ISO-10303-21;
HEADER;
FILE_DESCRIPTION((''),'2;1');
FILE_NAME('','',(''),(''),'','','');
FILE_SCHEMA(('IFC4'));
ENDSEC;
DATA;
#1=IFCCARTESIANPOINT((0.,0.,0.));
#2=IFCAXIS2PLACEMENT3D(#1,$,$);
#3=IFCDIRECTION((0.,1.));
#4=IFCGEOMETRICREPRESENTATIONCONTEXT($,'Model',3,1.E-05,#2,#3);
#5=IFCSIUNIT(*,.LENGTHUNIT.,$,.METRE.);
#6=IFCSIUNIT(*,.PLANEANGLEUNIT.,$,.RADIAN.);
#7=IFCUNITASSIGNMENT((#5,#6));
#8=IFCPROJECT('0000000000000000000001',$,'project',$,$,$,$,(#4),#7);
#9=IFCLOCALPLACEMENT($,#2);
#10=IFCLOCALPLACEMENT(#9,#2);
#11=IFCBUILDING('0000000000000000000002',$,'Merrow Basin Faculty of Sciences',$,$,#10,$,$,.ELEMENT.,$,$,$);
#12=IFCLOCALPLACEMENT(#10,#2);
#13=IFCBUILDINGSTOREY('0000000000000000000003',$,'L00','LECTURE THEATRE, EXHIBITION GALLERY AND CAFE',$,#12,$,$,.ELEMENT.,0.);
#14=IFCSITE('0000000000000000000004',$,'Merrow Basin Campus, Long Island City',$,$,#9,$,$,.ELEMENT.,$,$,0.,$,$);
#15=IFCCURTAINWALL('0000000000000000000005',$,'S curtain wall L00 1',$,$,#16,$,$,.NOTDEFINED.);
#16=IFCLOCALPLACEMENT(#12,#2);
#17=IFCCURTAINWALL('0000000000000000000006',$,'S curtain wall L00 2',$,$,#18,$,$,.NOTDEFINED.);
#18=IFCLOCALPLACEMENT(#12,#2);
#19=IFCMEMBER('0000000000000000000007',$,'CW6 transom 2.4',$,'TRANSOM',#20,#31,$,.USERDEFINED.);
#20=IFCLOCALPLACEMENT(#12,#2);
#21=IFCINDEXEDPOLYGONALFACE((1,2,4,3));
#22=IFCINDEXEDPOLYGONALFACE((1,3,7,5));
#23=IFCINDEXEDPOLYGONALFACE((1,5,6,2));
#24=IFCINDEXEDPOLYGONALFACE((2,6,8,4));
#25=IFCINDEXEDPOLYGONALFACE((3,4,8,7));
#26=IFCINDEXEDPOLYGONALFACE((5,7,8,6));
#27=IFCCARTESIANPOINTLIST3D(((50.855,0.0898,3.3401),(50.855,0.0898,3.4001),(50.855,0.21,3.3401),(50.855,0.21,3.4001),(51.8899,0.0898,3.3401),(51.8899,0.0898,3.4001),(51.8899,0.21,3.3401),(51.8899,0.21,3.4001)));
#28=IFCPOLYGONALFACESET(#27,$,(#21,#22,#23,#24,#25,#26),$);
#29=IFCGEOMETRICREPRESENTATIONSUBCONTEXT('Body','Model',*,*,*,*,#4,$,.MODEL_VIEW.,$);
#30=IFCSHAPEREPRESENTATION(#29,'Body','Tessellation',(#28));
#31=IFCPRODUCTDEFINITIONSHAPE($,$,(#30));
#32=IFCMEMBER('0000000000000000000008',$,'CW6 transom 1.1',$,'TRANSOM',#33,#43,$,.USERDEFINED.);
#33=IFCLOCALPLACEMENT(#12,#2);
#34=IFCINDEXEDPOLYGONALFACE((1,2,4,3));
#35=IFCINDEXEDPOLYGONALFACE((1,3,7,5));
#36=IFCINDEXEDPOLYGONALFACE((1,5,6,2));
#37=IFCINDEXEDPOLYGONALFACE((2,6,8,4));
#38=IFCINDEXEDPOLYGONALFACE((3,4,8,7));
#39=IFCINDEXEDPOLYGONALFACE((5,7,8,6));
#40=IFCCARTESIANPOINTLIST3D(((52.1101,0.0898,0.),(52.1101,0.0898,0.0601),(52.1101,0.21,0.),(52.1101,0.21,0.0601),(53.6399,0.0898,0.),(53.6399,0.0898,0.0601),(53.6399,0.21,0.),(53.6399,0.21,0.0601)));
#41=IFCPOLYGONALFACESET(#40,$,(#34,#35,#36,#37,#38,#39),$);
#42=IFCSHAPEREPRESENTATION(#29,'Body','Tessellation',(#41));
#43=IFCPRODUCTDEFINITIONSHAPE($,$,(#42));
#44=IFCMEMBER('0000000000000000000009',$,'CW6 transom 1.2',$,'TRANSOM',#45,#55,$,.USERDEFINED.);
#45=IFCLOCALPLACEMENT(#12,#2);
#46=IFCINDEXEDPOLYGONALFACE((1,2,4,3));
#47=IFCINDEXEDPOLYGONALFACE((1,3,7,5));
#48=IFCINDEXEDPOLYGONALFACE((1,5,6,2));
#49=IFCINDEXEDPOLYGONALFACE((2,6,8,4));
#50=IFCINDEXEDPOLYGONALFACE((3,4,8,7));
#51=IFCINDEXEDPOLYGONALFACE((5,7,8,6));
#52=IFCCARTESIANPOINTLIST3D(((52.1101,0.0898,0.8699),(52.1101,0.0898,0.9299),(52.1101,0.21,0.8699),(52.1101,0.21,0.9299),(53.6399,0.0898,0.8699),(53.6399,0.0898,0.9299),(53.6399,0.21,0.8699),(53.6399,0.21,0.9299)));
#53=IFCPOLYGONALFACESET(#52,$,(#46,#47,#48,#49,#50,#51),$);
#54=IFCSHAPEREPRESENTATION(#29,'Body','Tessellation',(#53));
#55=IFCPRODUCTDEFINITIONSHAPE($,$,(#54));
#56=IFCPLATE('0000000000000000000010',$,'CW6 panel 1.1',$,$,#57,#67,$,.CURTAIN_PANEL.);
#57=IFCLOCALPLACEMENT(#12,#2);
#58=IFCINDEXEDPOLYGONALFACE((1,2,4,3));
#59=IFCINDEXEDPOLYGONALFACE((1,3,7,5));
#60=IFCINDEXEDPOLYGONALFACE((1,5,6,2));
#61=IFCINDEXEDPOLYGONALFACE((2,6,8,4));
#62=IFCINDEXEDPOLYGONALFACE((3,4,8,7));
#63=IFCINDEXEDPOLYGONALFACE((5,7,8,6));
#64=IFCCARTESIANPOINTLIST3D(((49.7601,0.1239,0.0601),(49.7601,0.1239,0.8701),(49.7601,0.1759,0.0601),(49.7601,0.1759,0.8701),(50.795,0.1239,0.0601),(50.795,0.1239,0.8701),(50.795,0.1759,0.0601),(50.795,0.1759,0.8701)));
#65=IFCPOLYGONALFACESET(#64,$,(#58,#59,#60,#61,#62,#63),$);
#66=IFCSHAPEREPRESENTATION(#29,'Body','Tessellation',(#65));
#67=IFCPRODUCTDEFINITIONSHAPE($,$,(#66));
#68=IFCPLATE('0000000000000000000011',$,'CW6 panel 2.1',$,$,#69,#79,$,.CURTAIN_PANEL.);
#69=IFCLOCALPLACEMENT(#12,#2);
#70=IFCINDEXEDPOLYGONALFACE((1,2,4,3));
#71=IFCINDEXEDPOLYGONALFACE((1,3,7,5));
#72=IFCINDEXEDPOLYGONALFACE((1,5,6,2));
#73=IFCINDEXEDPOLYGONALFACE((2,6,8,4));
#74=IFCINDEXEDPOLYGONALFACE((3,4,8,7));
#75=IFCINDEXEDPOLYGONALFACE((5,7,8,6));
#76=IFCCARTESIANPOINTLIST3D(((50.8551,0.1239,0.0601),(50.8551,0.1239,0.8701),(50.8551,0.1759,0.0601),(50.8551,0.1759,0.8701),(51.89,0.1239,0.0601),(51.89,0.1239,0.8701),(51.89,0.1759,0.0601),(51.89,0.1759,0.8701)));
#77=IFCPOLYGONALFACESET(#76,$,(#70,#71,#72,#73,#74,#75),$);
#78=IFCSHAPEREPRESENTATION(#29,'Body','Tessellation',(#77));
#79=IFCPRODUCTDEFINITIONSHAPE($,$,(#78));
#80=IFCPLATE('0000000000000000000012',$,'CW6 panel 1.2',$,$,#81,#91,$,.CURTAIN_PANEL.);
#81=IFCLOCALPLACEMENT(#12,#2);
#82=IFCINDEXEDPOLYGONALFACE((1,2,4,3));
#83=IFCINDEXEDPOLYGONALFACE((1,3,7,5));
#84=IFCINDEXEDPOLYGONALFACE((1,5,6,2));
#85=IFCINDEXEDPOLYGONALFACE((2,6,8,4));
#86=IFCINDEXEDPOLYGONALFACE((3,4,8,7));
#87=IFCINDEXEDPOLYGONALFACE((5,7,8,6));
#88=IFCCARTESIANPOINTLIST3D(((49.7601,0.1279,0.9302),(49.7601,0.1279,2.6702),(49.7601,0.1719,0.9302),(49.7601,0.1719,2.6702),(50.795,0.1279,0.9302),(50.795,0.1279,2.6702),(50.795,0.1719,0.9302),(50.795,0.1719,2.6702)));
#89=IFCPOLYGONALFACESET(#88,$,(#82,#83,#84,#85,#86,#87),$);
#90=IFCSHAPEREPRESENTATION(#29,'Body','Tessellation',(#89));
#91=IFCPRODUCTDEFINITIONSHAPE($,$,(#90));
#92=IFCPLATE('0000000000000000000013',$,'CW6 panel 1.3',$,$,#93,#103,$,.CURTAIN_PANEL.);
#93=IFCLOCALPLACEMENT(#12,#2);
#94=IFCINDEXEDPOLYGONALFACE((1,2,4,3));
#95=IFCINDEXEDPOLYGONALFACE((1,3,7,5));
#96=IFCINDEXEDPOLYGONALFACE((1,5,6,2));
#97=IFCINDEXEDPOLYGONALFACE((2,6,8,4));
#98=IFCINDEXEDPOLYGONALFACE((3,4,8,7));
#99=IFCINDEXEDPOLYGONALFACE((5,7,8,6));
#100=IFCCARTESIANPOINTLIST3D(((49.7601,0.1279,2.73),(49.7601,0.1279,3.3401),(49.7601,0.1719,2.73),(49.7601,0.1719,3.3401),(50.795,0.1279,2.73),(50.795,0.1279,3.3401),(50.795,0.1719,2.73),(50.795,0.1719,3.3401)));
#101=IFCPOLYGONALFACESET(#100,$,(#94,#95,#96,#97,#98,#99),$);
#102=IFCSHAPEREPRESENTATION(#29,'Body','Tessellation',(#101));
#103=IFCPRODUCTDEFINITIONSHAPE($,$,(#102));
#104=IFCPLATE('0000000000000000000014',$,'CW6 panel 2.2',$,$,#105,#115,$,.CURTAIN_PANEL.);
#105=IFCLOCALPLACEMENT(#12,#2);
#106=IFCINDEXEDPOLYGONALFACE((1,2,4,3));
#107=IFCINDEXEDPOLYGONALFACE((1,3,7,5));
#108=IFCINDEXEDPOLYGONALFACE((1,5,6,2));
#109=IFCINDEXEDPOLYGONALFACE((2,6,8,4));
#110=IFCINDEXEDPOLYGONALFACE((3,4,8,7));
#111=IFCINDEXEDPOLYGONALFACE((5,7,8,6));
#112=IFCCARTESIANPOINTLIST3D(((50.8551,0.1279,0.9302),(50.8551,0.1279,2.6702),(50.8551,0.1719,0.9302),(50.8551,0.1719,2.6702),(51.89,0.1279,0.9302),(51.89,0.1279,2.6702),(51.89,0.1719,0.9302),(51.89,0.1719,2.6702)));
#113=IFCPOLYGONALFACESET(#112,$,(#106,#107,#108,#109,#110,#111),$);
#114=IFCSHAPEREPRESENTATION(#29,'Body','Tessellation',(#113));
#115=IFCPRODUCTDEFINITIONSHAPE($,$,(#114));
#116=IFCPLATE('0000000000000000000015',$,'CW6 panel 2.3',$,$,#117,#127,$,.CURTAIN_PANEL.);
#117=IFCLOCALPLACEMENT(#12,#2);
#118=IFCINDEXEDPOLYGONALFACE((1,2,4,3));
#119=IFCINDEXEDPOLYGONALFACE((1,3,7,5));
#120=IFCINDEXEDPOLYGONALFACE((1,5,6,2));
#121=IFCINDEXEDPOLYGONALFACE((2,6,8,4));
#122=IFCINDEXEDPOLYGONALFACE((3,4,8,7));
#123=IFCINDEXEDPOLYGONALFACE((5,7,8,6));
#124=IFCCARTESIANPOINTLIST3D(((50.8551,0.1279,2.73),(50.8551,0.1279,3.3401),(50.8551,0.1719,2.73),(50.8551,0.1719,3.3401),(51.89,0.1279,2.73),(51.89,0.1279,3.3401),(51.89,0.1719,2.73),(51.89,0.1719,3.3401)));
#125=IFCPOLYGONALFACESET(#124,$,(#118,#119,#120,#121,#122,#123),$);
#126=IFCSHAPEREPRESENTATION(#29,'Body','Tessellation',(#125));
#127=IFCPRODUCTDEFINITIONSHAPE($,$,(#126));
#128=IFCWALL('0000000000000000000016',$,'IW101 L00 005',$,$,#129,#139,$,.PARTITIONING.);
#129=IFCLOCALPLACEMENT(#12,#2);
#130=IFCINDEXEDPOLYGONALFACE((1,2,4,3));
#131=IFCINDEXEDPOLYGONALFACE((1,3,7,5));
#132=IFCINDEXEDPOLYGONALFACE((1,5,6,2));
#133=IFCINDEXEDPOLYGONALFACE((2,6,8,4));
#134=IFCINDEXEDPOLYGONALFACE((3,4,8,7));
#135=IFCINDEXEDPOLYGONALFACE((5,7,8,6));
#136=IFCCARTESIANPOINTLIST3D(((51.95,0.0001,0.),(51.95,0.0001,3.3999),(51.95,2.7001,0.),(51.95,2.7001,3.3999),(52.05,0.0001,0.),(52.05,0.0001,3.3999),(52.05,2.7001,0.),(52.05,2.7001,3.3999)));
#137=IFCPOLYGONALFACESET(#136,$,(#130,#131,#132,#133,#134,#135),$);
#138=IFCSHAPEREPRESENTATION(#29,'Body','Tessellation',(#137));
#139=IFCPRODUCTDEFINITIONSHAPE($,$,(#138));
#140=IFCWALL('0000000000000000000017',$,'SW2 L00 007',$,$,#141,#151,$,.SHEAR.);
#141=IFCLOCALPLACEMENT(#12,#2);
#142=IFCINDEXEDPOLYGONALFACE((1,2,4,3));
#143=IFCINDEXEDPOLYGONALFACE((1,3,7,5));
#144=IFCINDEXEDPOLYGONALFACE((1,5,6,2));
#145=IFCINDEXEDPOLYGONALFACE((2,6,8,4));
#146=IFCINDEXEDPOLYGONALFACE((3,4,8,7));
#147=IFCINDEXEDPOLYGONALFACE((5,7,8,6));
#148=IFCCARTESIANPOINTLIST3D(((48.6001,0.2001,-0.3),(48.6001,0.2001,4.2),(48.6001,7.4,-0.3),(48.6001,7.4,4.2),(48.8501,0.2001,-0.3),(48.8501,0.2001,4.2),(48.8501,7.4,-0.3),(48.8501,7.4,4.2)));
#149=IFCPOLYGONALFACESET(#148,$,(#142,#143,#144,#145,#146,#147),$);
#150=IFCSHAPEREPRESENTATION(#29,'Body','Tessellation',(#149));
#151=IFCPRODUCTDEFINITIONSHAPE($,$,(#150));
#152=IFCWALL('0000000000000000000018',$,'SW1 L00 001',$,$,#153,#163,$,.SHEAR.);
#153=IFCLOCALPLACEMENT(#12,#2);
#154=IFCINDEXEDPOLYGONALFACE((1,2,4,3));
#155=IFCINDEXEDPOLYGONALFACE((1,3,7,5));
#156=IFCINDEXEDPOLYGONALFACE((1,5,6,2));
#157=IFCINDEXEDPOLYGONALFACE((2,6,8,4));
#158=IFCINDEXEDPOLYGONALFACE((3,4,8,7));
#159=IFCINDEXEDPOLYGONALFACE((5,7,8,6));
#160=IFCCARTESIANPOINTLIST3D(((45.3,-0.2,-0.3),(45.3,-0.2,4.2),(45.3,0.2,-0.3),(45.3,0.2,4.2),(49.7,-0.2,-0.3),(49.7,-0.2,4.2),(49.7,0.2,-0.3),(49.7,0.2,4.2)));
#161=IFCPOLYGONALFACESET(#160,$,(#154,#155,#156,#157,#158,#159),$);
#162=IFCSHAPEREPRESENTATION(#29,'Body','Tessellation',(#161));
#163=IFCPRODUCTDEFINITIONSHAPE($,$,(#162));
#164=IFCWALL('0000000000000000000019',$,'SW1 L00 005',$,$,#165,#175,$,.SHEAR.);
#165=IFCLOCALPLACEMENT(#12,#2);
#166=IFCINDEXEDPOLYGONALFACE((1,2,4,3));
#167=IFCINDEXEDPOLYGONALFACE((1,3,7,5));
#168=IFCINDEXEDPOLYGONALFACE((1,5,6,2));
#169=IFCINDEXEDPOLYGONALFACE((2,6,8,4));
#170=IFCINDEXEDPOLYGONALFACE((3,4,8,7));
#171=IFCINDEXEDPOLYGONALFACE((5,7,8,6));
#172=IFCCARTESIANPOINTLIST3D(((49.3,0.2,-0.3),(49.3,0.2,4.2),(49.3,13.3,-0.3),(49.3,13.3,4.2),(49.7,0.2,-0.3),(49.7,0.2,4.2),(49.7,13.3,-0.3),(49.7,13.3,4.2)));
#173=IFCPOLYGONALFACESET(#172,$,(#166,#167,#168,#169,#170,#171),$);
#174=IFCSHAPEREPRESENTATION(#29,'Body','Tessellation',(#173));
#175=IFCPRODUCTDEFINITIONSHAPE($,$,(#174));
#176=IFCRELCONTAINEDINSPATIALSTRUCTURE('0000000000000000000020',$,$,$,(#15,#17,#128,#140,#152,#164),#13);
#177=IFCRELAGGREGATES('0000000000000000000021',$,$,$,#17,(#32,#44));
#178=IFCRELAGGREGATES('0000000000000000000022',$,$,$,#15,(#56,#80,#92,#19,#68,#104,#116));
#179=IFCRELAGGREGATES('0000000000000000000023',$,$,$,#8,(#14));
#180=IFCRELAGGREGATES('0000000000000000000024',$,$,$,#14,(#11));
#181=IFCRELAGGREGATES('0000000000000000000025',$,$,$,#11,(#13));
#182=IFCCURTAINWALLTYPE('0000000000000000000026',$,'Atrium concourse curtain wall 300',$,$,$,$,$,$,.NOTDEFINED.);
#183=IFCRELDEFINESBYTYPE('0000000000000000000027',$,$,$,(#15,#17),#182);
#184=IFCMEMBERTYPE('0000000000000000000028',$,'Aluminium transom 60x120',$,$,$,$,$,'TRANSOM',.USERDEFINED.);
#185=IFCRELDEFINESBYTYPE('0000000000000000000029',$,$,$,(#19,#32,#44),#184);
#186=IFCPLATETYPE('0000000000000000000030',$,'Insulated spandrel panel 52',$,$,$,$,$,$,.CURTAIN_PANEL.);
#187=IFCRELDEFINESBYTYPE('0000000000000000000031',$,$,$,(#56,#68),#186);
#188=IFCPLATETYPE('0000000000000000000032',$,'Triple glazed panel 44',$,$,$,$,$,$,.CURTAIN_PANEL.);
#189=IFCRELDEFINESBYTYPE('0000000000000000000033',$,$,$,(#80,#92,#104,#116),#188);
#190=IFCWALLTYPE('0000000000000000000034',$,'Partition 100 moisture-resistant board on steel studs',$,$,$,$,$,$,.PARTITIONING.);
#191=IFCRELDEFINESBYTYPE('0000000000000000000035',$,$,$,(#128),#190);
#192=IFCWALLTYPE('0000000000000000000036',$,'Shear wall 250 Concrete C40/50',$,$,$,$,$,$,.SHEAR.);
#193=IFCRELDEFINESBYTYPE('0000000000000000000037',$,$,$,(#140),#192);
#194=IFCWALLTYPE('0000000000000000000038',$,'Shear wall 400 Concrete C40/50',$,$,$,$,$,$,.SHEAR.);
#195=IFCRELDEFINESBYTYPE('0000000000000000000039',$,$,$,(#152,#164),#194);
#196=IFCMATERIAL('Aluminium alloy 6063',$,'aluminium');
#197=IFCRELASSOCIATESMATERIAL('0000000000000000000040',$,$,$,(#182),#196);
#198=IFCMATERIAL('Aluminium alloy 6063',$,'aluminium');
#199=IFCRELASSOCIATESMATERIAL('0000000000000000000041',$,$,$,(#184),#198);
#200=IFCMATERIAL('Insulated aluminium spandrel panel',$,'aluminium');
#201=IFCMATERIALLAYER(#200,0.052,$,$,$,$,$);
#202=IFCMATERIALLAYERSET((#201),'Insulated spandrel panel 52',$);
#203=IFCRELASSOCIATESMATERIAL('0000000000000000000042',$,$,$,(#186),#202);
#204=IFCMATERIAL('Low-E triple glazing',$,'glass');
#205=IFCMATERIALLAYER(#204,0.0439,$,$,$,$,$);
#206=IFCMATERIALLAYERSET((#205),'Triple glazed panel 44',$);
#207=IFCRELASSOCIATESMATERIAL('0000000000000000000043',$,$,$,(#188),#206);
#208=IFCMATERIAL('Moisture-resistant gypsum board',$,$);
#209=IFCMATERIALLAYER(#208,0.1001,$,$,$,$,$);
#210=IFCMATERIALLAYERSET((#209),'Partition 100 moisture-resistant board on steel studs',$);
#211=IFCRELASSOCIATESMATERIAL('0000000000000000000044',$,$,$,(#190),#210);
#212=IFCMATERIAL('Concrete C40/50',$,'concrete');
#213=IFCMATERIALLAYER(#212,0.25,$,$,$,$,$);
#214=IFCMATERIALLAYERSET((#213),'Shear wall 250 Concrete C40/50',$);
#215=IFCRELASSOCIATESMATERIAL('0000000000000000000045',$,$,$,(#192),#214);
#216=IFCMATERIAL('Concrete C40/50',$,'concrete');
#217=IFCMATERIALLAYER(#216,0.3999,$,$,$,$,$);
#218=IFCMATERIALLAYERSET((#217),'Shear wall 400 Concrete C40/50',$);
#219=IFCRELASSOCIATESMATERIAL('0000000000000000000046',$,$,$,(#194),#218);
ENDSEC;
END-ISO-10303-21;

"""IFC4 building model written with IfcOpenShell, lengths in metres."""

from ifc_helpers import new_model, si_unit, direction, frame, frame_2d, origin, origin_2d, place, context, subcontext, project, spatial, rectangle, extrude, material, layer, layer_set, material_profile, profile_set, type_object, element, aggregate, save


model = new_model("IFC4")

# Units and contexts
model_context = context("Model", 3, precision=1e-05, world=origin(), true_north=direction((0.0, 1.0)))
body_context = subcontext(model_context, "Body", "Model", "MODEL_VIEW")
ifc_project = project(units=[si_unit("LENGTHUNIT", "METRE"), si_unit("PLANEANGLEUNIT", "RADIAN")], contexts=[model_context])

# Site, building, storey
site_placement = place(None, origin())
site = spatial("IfcSite", under=ifc_project, at=site_placement, Name="Merrow Basin Campus, Long Island City", CompositionType="ELEMENT", RefElevation=0.0)
building_placement = place(site_placement, origin())
building = spatial("IfcBuilding", under=site, at=building_placement, Name="Merrow Basin Faculty of Sciences", CompositionType="ELEMENT")
storey_placement = place(building_placement, origin())
storey = spatial("IfcBuildingStorey", under=building, at=storey_placement, Name="L00", Description="LECTURE THEATRE, EXHIBITION GALLERY AND CAFE", CompositionType="ELEMENT", Elevation=0.0)

# Curtain wall
ifc_material_1 = material(Name="Aluminium alloy 6063", Category="aluminium")
curtain_wall_type = type_object("IfcCurtainWallType", Name="Atrium concourse curtain wall 300", PredefinedType="NOTDEFINED", material=ifc_material_1)
curtain_wall_1_placement = place(storey_placement, origin())
curtain_wall_1 = element("IfcCurtainWall", 1, at=curtain_wall_1_placement, inside=storey, type_object=curtain_wall_type, Name="S curtain wall L00 1", PredefinedType="NOTDEFINED")

# Curtain wall
curtain_wall_2_placement = place(storey_placement, origin())
curtain_wall_2 = element("IfcCurtainWall", 2, at=curtain_wall_2_placement, inside=storey, type_object=curtain_wall_type, Name="S curtain wall L00 2", PredefinedType="NOTDEFINED")

# Members
ifc_material_2 = material(Name="Aluminium alloy 6063", Category="aluminium")
ifc_material_profile_1 = material_profile(ifc_material_2, rectangle(XDim=0.1201, YDim=0.0601, at=origin_2d()))
ifc_profile_set_1 = profile_set([ifc_material_profile_1], Name="Aluminium alloy 6063")
member_type_1 = type_object("IfcMemberType", Name="Aluminium transom 60x120", ElementType="TRANSOM", PredefinedType="USERDEFINED", material=ifc_profile_set_1)
member_1_placement = place(storey_placement, frame((50.855, 0.1499, 3.3701), z_axis=(1.0, 0.0, 0.0), x_axis=(0.0, 1.0, 0.0)))
member_1 = element("IfcMember", 3, at=member_1_placement, type_object=member_type_1, Name="CW6 transom 2.4", ObjectType="TRANSOM", PredefinedType="USERDEFINED", context=body_context, shape_type="SweptSolid", body=[
    extrude(rectangle(XDim=0.1201, YDim=0.0601, at=origin_2d()), origin(), (0.0, 0.0, 1.0), 1.0349),
])
member_2_placement = place(storey_placement, frame((52.1101, 0.1499, 0.03), z_axis=(1.0, 0.0, 0.0), x_axis=(0.0, 1.0, 0.0)))
member_2 = element("IfcMember", 4, at=member_2_placement, type_object=member_type_1, Name="CW6 transom 1.1", ObjectType="TRANSOM", PredefinedType="USERDEFINED", context=body_context, shape_type="SweptSolid", body=[
    extrude(rectangle(XDim=0.1201, YDim=0.0601, at=origin_2d()), origin(), (0.0, 0.0, 1.0), 1.5298),
])
member_3_placement = place(storey_placement, frame((52.1101, 0.1499, 0.8999), z_axis=(1.0, 0.0, 0.0), x_axis=(0.0, 1.0, 0.0)))
member_3 = element("IfcMember", 5, at=member_3_placement, type_object=member_type_1, Name="CW6 transom 1.2", ObjectType="TRANSOM", PredefinedType="USERDEFINED", context=body_context, shape_type="SweptSolid", body=[
    extrude(rectangle(XDim=0.1201, YDim=0.0601, at=origin_2d()), origin(), (0.0, 0.0, 1.0), 1.5298),
])
aggregate(curtain_wall_2, [member_2, member_3])

# Plates
ifc_material_3 = material(Name="Insulated aluminium spandrel panel", Category="aluminium")
ifc_layer_1 = layer(ifc_material_3, 0.052)
ifc_layer_set_1 = layer_set([ifc_layer_1], Name="Insulated spandrel panel 52")
plate_type_1 = type_object("IfcPlateType", Name="Insulated spandrel panel 52", PredefinedType="CURTAIN_PANEL", material=ifc_layer_set_1)
plate_1_placement = place(storey_placement, frame((50.2776, 0.1499, 0.0601), z_axis=(0.0, 0.0, 1.0), x_axis=(1.0, 0.0, 0.0)))
plate_1 = element("IfcPlate", 6, at=plate_1_placement, type_object=plate_type_1, Name="CW6 panel 1.1", PredefinedType="CURTAIN_PANEL", context=body_context, shape_type="SweptSolid", body=[
    extrude(rectangle(XDim=1.0349, YDim=0.052, at=origin_2d()), origin(), (0.0, 0.0, 1.0), 0.8101),
])
plate_2_placement = place(storey_placement, frame((51.3726, 0.1499, 0.0601), z_axis=(0.0, 0.0, 1.0), x_axis=(1.0, 0.0, 0.0)))
plate_2 = element("IfcPlate", 7, at=plate_2_placement, type_object=plate_type_1, Name="CW6 panel 2.1", PredefinedType="CURTAIN_PANEL", context=body_context, shape_type="SweptSolid", body=[
    extrude(rectangle(XDim=1.0349, YDim=0.052, at=origin_2d()), origin(), (0.0, 0.0, 1.0), 0.8101),
])
ifc_material_4 = material(Name="Low-E triple glazing", Category="glass")
ifc_layer_2 = layer(ifc_material_4, 0.0439)
ifc_layer_set_2 = layer_set([ifc_layer_2], Name="Triple glazed panel 44")
plate_type_2 = type_object("IfcPlateType", Name="Triple glazed panel 44", PredefinedType="CURTAIN_PANEL", material=ifc_layer_set_2)
plate_3_placement = place(storey_placement, frame((50.2776, 0.1499, 0.9302), z_axis=(0.0, 0.0, 1.0), x_axis=(1.0, 0.0, 0.0)))
plate_3 = element("IfcPlate", 8, at=plate_3_placement, type_object=plate_type_2, Name="CW6 panel 1.2", PredefinedType="CURTAIN_PANEL", context=body_context, shape_type="SweptSolid", body=[
    extrude(rectangle(XDim=1.0349, YDim=0.0439, at=origin_2d()), origin(), (0.0, 0.0, 1.0), 1.74),
])
plate_4_placement = place(storey_placement, frame((50.2776, 0.1499, 2.73), z_axis=(0.0, 0.0, 1.0), x_axis=(1.0, 0.0, 0.0)))
plate_4 = element("IfcPlate", 9, at=plate_4_placement, type_object=plate_type_2, Name="CW6 panel 1.3", PredefinedType="CURTAIN_PANEL", context=body_context, shape_type="SweptSolid", body=[
    extrude(rectangle(XDim=1.0349, YDim=0.0439, at=origin_2d()), origin(), (0.0, 0.0, 1.0), 0.6101),
])
plate_5_placement = place(storey_placement, frame((51.3726, 0.1499, 0.9302), z_axis=(0.0, 0.0, 1.0), x_axis=(1.0, 0.0, 0.0)))
plate_5 = element("IfcPlate", 10, at=plate_5_placement, type_object=plate_type_2, Name="CW6 panel 2.2", PredefinedType="CURTAIN_PANEL", context=body_context, shape_type="SweptSolid", body=[
    extrude(rectangle(XDim=1.0349, YDim=0.0439, at=origin_2d()), origin(), (0.0, 0.0, 1.0), 1.74),
])
plate_6_placement = place(storey_placement, frame((51.3726, 0.1499, 2.73), z_axis=(0.0, 0.0, 1.0), x_axis=(1.0, 0.0, 0.0)))
plate_6 = element("IfcPlate", 11, at=plate_6_placement, type_object=plate_type_2, Name="CW6 panel 2.3", PredefinedType="CURTAIN_PANEL", context=body_context, shape_type="SweptSolid", body=[
    extrude(rectangle(XDim=1.0349, YDim=0.0439, at=origin_2d()), origin(), (0.0, 0.0, 1.0), 0.6101),
])
aggregate(curtain_wall_1, [plate_1, plate_3, plate_4, member_1, plate_2, plate_5, plate_6])

# Walls
ifc_material_5 = material(Name="Moisture-resistant gypsum board")
ifc_layer_3 = layer(ifc_material_5, 0.1001)
ifc_layer_set_3 = layer_set([ifc_layer_3], Name="Partition 100 moisture-resistant board on steel studs")
wall_type_1 = type_object("IfcWallType", Name="Partition 100 moisture-resistant board on steel studs", PredefinedType="PARTITIONING", material=ifc_layer_set_3)
wall_1_placement = place(storey_placement, frame((52.0, 0.0, 0.0), z_axis=(0.0, 0.0, 1.0), x_axis=(0.0, 1.0, 0.0)))
element("IfcWall", 12, at=wall_1_placement, inside=storey, type_object=wall_type_1, Name="IW101 L00 005", PredefinedType="PARTITIONING", context=body_context, shape_type="SweptSolid", body=[
    extrude(rectangle(XDim=2.7, YDim=0.1001, at=frame_2d((1.3501, 0.0))), origin(), (0.0, 0.0, 1.0), 3.3999),
])
ifc_material_6 = material(Name="Concrete C40/50", Category="concrete")
ifc_layer_4 = layer(ifc_material_6, 0.25)
ifc_layer_set_4 = layer_set([ifc_layer_4], Name="Shear wall 250 Concrete C40/50")
wall_type_2 = type_object("IfcWallType", Name="Shear wall 250 Concrete C40/50", PredefinedType="SHEAR", material=ifc_layer_set_4)
wall_2_placement = place(storey_placement, frame((48.7251, 0.2, -0.3), z_axis=(0.0, 0.0, 1.0), x_axis=(0.0, 1.0, 0.0)))
element("IfcWall", 13, at=wall_2_placement, inside=storey, type_object=wall_type_2, Name="SW2 L00 007", PredefinedType="SHEAR", context=body_context, shape_type="SweptSolid", body=[
    extrude(rectangle(XDim=7.2, YDim=0.25, at=frame_2d((3.6001, 0.0))), origin(), (0.0, 0.0, 1.0), 4.5),
])
ifc_material_7 = material(Name="Concrete C40/50", Category="concrete")
ifc_layer_5 = layer(ifc_material_7, 0.3999)
ifc_layer_set_5 = layer_set([ifc_layer_5], Name="Shear wall 400 Concrete C40/50")
wall_type_3 = type_object("IfcWallType", Name="Shear wall 400 Concrete C40/50", PredefinedType="SHEAR", material=ifc_layer_set_5)
wall_3_placement = place(storey_placement, frame((45.3, 0.0, -0.3), z_axis=(0.0, 0.0, 1.0), x_axis=(1.0, 0.0, 0.0)))
element("IfcWall", 14, at=wall_3_placement, inside=storey, type_object=wall_type_3, Name="SW1 L00 001", PredefinedType="SHEAR", context=body_context, shape_type="SweptSolid", body=[
    extrude(rectangle(XDim=4.3999, YDim=0.3999, at=frame_2d((2.2, 0.0))), origin(), (0.0, 0.0, 1.0), 4.5),
])
wall_4_placement = place(storey_placement, frame((49.5, 0.2, -0.3), z_axis=(0.0, 0.0, 1.0), x_axis=(0.0, 1.0, 0.0)))
element("IfcWall", 15, at=wall_4_placement, inside=storey, type_object=wall_type_3, Name="SW1 L00 005", PredefinedType="SHEAR", context=body_context, shape_type="SweptSolid", body=[
    extrude(rectangle(XDim=13.1001, YDim=0.3999, at=frame_2d((6.55, 0.0))), origin(), (0.0, 0.0, 1.0), 4.5),
])

save(model, "model.ifc")
